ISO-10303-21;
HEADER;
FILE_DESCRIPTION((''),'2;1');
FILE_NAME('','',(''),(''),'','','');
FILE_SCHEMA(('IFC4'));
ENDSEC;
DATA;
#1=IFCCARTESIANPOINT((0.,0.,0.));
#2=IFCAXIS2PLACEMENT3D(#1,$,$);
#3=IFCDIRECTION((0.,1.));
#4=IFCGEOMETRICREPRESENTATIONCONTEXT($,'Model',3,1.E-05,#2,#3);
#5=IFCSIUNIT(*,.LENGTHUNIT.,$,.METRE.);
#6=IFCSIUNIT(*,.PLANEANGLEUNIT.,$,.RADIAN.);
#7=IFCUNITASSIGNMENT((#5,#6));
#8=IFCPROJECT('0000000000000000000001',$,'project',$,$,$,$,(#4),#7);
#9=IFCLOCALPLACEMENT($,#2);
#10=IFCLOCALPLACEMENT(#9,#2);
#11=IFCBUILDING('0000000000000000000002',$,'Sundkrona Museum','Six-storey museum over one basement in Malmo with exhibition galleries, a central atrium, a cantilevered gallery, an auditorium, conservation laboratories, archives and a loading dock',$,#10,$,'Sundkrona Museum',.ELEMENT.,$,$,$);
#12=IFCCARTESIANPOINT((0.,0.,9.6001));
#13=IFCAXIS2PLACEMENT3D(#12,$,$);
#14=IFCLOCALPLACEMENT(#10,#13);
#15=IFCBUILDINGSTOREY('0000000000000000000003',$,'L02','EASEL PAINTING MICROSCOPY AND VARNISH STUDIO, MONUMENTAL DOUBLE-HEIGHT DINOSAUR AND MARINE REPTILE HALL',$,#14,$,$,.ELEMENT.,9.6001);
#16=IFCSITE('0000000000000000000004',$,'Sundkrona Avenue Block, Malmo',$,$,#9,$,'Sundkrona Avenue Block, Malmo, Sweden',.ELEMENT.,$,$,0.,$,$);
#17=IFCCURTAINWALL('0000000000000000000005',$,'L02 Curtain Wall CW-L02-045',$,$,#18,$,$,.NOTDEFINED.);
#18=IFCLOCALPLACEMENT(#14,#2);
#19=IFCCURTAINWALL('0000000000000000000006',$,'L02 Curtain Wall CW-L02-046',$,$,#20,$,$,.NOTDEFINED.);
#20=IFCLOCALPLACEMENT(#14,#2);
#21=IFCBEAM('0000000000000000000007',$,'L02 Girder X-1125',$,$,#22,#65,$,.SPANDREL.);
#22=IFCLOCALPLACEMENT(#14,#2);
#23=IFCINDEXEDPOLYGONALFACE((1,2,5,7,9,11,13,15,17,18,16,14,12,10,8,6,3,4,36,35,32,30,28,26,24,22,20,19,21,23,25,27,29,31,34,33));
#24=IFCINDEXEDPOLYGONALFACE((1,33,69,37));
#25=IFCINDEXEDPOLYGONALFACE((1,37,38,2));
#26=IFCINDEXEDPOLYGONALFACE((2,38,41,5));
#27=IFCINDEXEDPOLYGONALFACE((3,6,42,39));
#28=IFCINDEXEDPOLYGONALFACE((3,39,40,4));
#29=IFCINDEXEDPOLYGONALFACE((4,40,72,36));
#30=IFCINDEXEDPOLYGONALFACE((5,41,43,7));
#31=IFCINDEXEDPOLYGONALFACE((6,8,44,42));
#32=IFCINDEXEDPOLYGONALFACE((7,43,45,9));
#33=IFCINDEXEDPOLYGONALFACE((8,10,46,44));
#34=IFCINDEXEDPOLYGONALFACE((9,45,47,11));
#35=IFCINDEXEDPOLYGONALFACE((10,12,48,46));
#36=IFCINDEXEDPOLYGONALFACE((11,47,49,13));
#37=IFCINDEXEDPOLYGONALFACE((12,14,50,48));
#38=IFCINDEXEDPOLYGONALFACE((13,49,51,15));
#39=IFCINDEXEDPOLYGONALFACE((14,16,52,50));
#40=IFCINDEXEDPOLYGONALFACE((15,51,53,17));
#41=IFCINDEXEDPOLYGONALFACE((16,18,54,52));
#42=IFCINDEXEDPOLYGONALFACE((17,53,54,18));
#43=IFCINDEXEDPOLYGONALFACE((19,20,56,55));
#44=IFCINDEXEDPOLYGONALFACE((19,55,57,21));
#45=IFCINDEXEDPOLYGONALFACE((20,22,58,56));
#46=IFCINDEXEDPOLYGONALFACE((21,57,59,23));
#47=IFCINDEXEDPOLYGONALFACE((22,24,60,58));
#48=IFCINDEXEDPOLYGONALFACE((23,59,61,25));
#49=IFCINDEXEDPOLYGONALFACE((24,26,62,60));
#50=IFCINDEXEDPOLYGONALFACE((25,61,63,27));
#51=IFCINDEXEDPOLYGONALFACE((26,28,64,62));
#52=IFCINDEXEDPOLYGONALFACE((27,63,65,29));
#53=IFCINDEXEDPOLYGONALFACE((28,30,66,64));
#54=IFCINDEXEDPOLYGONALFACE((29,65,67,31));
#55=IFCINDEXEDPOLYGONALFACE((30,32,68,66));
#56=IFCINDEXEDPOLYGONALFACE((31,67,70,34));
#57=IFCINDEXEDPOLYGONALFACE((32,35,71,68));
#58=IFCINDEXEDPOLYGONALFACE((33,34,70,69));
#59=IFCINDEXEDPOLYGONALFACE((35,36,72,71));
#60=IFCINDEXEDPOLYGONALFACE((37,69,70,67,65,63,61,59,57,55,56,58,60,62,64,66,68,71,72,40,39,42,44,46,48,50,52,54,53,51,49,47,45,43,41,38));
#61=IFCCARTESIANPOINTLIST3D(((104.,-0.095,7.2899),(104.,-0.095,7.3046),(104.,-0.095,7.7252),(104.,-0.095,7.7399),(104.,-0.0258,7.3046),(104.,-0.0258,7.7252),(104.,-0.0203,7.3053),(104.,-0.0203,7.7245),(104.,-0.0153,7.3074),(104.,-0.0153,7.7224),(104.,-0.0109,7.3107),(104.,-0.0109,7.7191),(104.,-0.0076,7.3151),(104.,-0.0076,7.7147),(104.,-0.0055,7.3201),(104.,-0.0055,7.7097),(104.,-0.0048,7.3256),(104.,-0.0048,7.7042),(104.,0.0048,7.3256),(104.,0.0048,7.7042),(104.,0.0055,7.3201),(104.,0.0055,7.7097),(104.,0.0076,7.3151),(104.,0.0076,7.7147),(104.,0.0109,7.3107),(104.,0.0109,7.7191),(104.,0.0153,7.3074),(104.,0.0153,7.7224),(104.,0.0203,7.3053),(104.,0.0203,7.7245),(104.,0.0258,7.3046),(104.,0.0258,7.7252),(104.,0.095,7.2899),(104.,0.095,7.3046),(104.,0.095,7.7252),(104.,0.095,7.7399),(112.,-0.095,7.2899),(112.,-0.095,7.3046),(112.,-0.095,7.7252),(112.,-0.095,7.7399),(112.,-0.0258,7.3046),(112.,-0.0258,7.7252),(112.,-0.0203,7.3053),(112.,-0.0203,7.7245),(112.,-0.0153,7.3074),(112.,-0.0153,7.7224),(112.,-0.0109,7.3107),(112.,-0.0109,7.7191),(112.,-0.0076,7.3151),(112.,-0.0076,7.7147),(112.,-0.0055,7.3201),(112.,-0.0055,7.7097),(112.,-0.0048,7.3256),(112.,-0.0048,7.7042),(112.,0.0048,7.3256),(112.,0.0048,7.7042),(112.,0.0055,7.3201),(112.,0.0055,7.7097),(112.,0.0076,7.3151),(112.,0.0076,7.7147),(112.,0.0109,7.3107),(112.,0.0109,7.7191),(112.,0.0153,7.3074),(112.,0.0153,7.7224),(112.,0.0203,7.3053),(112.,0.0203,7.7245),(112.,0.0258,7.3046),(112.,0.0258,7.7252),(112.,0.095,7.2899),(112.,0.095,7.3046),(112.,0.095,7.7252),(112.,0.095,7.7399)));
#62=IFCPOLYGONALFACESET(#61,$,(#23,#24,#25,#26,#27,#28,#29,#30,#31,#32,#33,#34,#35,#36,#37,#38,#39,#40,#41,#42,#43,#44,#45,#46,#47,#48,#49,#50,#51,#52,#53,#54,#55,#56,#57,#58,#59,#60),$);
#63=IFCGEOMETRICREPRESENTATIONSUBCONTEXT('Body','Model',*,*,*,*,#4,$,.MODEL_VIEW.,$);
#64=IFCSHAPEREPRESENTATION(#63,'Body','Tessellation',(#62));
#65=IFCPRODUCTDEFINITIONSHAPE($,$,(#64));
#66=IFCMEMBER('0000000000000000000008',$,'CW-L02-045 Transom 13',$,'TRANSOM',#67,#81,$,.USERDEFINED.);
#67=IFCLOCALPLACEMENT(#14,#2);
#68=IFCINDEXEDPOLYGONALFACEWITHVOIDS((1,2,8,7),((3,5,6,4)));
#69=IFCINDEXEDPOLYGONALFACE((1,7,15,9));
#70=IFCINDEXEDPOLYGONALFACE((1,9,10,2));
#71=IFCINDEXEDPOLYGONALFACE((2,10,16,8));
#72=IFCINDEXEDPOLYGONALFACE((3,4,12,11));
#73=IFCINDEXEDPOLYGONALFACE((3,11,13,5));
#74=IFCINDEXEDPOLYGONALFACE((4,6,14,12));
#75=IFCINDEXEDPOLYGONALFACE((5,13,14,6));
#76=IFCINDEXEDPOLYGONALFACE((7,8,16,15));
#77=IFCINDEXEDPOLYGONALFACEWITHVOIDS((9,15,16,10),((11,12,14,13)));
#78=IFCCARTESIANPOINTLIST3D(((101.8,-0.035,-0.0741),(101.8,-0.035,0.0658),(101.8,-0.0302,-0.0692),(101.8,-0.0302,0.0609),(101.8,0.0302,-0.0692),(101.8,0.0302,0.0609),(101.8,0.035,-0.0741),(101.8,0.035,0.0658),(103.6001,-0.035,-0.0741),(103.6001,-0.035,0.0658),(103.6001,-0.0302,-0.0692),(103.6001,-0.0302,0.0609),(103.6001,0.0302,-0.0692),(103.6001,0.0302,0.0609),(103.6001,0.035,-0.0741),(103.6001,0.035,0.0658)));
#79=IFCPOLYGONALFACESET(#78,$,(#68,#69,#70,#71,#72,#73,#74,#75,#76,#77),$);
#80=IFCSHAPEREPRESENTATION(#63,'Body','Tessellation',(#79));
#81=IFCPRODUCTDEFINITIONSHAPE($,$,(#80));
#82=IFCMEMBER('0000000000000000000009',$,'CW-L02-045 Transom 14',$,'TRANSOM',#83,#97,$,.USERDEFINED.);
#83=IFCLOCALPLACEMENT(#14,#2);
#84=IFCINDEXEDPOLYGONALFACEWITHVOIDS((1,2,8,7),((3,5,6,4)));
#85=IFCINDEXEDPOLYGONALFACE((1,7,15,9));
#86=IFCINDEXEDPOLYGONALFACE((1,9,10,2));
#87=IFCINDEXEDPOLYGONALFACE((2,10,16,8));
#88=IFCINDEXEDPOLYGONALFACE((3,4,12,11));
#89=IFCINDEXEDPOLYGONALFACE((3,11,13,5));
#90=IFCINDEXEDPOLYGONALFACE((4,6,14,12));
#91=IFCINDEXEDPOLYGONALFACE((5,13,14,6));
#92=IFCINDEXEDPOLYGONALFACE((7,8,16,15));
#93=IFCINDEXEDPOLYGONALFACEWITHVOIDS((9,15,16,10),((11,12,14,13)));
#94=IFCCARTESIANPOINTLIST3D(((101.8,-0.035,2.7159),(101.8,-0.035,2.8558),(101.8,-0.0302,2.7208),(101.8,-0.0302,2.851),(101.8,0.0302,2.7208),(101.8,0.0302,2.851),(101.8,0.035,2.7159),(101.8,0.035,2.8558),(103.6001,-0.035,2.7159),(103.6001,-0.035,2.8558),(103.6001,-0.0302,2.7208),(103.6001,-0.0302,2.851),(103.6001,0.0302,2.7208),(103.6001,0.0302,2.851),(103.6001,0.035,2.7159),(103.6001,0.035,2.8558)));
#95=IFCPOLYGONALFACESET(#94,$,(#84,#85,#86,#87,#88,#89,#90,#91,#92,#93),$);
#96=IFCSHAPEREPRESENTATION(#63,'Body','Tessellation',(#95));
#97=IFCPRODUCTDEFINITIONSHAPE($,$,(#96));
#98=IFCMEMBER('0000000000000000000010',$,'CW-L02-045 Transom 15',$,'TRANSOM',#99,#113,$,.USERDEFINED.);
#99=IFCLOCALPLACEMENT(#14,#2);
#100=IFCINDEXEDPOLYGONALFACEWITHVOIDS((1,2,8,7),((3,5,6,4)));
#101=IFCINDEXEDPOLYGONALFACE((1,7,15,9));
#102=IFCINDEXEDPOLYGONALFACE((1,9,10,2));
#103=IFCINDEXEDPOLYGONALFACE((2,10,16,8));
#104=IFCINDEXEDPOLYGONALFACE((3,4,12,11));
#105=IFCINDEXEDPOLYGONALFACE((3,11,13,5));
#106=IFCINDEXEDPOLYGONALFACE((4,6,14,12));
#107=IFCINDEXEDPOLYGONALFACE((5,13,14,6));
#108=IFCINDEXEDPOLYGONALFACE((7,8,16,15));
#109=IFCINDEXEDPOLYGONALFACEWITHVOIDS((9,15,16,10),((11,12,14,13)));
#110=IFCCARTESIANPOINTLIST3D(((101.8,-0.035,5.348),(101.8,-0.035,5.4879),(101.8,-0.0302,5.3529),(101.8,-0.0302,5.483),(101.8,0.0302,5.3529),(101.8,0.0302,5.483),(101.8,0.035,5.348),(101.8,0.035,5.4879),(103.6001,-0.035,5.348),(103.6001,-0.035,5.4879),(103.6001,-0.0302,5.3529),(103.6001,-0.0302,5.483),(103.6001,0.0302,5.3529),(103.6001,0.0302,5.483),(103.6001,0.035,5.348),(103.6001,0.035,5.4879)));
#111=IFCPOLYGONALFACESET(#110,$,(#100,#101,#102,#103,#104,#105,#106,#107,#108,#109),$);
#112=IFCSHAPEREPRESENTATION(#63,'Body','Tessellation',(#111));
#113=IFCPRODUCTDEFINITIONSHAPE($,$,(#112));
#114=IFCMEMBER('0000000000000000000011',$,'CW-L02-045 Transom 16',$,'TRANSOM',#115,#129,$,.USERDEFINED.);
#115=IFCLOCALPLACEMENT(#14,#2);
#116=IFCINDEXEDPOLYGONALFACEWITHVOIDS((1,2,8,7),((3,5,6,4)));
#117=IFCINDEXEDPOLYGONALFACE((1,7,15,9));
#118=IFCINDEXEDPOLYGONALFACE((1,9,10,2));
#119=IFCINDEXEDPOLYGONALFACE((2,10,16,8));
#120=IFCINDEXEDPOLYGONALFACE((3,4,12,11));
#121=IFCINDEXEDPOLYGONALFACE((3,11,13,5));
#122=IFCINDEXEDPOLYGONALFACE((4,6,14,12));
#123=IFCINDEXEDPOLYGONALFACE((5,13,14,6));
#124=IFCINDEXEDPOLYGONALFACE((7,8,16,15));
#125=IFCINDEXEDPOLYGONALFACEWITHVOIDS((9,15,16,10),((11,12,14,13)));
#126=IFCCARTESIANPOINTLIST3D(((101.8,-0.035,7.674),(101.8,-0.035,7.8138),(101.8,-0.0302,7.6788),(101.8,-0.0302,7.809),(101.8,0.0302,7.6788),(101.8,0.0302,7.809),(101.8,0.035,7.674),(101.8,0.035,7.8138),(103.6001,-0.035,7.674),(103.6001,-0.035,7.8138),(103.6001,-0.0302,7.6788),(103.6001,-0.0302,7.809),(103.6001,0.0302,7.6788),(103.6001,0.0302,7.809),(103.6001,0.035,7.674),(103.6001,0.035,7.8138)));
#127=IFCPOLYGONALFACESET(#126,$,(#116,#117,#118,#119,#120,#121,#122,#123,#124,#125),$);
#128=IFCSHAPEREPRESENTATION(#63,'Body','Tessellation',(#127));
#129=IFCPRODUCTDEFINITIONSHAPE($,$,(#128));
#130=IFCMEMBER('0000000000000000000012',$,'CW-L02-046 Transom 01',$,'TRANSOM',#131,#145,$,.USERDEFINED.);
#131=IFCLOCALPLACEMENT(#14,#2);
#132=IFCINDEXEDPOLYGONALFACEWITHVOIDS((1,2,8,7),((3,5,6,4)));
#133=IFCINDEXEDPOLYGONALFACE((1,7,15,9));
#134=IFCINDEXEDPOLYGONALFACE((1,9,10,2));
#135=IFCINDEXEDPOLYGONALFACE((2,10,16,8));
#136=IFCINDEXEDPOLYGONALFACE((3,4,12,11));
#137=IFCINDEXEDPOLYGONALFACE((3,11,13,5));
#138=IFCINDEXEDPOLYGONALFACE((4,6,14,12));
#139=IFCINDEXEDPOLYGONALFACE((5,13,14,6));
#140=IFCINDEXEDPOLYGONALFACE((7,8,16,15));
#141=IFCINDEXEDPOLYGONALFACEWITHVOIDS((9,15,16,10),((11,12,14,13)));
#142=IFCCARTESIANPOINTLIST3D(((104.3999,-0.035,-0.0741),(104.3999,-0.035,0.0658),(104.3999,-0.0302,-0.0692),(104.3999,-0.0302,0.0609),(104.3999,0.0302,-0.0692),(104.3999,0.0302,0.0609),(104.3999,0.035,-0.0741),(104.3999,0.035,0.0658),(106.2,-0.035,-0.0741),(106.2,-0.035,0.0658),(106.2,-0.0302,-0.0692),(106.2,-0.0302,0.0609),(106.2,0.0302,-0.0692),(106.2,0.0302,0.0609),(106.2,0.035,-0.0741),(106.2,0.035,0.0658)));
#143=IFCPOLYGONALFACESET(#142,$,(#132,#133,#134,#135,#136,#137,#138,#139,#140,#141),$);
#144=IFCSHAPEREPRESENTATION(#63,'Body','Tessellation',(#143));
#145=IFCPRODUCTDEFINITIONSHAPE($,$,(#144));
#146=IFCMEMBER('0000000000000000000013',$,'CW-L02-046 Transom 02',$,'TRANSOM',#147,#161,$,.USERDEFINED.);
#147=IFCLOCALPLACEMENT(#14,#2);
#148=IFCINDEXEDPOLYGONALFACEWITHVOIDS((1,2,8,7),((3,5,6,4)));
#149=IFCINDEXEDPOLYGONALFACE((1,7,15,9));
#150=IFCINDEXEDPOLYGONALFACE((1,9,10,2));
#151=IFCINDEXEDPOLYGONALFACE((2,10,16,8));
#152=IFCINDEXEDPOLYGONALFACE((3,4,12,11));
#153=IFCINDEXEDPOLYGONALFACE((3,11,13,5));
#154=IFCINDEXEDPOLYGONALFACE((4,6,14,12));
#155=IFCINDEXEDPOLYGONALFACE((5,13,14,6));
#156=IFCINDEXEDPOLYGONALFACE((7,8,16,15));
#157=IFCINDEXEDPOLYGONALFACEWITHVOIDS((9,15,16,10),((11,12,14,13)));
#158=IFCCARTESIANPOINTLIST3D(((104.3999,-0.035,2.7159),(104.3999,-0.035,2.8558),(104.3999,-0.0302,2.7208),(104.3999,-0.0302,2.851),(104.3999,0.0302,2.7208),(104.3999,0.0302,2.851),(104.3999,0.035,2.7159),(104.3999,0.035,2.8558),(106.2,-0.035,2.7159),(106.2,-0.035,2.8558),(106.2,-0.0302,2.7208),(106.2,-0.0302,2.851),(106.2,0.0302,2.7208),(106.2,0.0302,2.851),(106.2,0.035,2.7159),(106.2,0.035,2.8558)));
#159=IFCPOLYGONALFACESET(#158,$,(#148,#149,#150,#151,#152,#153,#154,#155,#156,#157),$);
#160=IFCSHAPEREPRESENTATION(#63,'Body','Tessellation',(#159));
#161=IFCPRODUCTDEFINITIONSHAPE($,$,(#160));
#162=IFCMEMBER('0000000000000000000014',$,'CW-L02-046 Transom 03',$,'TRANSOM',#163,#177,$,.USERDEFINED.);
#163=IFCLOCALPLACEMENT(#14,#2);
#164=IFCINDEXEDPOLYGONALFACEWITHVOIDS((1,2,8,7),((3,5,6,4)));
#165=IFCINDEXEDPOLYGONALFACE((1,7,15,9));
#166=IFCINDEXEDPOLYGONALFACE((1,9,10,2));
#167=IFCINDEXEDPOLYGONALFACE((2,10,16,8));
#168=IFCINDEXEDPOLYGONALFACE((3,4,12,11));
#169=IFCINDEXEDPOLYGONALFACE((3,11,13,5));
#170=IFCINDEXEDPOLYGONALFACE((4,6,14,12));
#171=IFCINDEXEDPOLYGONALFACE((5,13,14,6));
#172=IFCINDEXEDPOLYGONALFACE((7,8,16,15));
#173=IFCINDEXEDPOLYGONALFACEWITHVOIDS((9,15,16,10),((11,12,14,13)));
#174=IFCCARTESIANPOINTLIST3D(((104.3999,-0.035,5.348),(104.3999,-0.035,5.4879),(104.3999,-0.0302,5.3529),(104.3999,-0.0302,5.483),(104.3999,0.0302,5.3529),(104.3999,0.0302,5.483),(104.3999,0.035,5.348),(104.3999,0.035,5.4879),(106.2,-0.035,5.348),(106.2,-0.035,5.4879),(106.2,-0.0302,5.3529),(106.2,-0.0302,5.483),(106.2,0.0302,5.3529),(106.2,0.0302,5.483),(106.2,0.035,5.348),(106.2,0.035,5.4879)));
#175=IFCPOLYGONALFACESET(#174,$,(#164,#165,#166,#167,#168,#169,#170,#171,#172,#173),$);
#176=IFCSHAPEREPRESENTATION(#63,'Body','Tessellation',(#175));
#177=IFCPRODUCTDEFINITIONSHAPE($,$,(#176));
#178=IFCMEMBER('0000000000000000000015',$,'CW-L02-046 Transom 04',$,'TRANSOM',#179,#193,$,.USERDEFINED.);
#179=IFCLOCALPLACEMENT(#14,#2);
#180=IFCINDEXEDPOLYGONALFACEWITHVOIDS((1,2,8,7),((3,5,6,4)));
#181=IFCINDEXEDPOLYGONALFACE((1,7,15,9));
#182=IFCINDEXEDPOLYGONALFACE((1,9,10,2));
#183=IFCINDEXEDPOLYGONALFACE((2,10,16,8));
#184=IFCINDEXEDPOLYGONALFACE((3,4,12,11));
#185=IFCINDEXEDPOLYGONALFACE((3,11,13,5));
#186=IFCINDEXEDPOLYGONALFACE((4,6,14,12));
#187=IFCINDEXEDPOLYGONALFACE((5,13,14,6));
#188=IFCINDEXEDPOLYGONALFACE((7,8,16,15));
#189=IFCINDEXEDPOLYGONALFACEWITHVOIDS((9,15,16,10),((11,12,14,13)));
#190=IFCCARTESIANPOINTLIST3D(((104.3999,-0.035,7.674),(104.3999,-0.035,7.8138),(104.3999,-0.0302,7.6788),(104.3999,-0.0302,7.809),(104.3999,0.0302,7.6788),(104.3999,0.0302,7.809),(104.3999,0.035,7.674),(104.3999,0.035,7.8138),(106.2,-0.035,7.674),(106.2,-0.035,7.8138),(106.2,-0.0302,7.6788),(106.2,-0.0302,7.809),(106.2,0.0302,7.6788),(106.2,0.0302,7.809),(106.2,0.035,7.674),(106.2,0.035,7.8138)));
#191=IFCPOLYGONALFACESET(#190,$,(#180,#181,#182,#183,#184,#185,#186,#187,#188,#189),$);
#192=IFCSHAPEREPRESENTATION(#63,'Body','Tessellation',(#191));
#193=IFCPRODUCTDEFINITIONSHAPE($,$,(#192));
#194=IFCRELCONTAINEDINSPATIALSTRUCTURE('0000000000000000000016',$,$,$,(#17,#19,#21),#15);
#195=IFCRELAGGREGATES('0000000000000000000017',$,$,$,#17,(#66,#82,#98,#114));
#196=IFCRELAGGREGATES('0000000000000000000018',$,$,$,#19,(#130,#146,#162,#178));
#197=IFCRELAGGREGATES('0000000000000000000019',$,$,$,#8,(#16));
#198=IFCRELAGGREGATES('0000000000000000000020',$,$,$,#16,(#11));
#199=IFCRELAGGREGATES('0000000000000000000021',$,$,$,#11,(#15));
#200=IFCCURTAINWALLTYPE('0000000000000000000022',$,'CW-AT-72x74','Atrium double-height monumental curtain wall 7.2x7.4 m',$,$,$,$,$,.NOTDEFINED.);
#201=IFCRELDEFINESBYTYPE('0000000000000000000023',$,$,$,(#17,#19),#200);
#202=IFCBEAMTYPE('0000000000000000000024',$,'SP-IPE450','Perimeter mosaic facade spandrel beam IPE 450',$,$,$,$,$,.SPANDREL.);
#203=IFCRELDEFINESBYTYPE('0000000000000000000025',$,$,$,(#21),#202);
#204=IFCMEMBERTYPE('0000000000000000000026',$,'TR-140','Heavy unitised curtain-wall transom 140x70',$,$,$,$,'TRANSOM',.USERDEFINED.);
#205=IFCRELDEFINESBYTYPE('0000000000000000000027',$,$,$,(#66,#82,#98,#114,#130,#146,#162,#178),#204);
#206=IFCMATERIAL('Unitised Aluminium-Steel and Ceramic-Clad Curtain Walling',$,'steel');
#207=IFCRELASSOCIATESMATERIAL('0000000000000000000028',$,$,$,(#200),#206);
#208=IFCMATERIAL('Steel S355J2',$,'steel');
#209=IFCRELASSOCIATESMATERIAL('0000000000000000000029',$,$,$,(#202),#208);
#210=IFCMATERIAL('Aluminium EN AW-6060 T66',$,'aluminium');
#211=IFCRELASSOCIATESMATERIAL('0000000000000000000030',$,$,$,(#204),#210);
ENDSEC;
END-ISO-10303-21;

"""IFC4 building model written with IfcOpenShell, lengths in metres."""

from ifc_helpers import new_model, si_unit, direction, frame, origin, origin_2d, place, context, subcontext, project, spatial, hollow_rectangle, i_section, extrude, material, material_profile, profile_set, type_object, element, aggregate, save


model = new_model("IFC4")

# Units and contexts
model_context = context("Model", 3, precision=1e-05, world=origin(), true_north=direction((0.0, 1.0)))
body_context = subcontext(model_context, "Body", "Model", "MODEL_VIEW")
ifc_project = project(units=[si_unit("LENGTHUNIT", "METRE"), si_unit("PLANEANGLEUNIT", "RADIAN")], contexts=[model_context])

# Site, building, storey
site_placement = place(None, origin())
site = spatial("IfcSite", under=ifc_project, at=site_placement, Name="Sundkrona Avenue Block, Malmo", LongName="Sundkrona Avenue Block, Malmo, Sweden", CompositionType="ELEMENT", RefElevation=0.0)
building_placement = place(site_placement, origin())
building = spatial("IfcBuilding", under=site, at=building_placement, Name="Sundkrona Museum", Description="Six-storey museum over one basement in Malmo with exhibition galleries, a central atrium, a cantilevered gallery, an auditorium, conservation laboratories, archives and a loading dock", LongName="Sundkrona Museum", CompositionType="ELEMENT")
storey_placement = place(building_placement, frame((0.0, 0.0, 9.6001)))
storey = spatial("IfcBuildingStorey", under=building, at=storey_placement, Name="L02", Description="EASEL PAINTING MICROSCOPY AND VARNISH STUDIO, MONUMENTAL DOUBLE-HEIGHT DINOSAUR AND MARINE REPTILE HALL", CompositionType="ELEMENT", Elevation=9.6001)

# Shared definitions
ifc_material_1 = material(Name="Steel S355J2", Category="steel")

# Curtain walls
ifc_material_2 = material(Name="Unitised Aluminium-Steel and Ceramic-Clad Curtain Walling", Category="steel")
curtain_wall_type = type_object("IfcCurtainWallType", Name="CW-AT-72x74", Description="Atrium double-height monumental curtain wall 7.2x7.4 m", PredefinedType="NOTDEFINED", material=ifc_material_2)
curtain_wall_1_placement = place(storey_placement, origin())
curtain_wall_1 = element("IfcCurtainWall", 1, at=curtain_wall_1_placement, inside=storey, type_object=curtain_wall_type, Name="L02 Curtain Wall CW-L02-045", PredefinedType="NOTDEFINED")
ifc_material_3 = material(Name="Aluminium EN AW-6060 T66", Category="aluminium")
curtain_wall_2_placement = place(storey_placement, origin())
curtain_wall_2 = element("IfcCurtainWall", 2, at=curtain_wall_2_placement, inside=storey, type_object=curtain_wall_type, Name="L02 Curtain Wall CW-L02-046", PredefinedType="NOTDEFINED")

# Beam
ifc_material_profile_1 = material_profile(ifc_material_1, i_section(OverallWidth=0.1899, OverallDepth=0.45, WebThickness=0.0095, FlangeThickness=0.0146, FilletRadius=0.021, at=origin_2d()), Name="IPE 450")
ifc_profile_set_1 = profile_set([ifc_material_profile_1], Name="Steel S355J2")
beam_type_1 = type_object("IfcBeamType", Name="SP-IPE450", Description="Perimeter mosaic facade spandrel beam IPE 450", PredefinedType="SPANDREL", material=ifc_profile_set_1)
beam_1_placement = place(storey_placement, frame((104.0, 0.0, 7.5149), z_axis=(1.0, 0.0, 0.0), x_axis=(0.0, 1.0, 0.0)))
element("IfcBeam", 3, at=beam_1_placement, inside=storey, type_object=beam_type_1, Name="L02 Girder X-1125", PredefinedType="SPANDREL", context=body_context, shape_type="SweptSolid", body=[
    extrude(i_section(OverallWidth=0.1899, OverallDepth=0.45, WebThickness=0.0095, FlangeThickness=0.0146, FilletRadius=0.021, at=origin_2d()), origin(), (0.0, 0.0, 1.0), 8.0),
])

# Members
ifc_material_profile_2 = material_profile(ifc_material_3, hollow_rectangle(XDim=0.0701, YDim=0.1399, WallThickness=0.0049, at=origin_2d()), Name="RHS 140x70x5.0")
ifc_profile_set_2 = profile_set([ifc_material_profile_2], Name="Aluminium EN AW-6060 T66")
member_type_1 = type_object("IfcMemberType", Name="TR-140", Description="Heavy unitised curtain-wall transom 140x70", ElementType="TRANSOM", PredefinedType="USERDEFINED", material=ifc_profile_set_2)
member_1_placement = place(storey_placement, frame((101.8, 0.0, -0.0042), z_axis=(1.0, 0.0, 0.0), x_axis=(0.0, 1.0, 0.0)))
member_1 = element("IfcMember", 4, at=member_1_placement, type_object=member_type_1, Name="CW-L02-045 Transom 13", ObjectType="TRANSOM", PredefinedType="USERDEFINED", context=body_context, shape_type="SweptSolid", body=[
    extrude(hollow_rectangle(XDim=0.0701, YDim=0.1399, WallThickness=0.0049, at=origin_2d()), origin(), (0.0, 0.0, 1.0), 1.8),
])
member_2_placement = place(storey_placement, frame((101.8, 0.0, 2.7859), z_axis=(1.0, 0.0, 0.0), x_axis=(0.0, 1.0, 0.0)))
member_2 = element("IfcMember", 5, at=member_2_placement, type_object=member_type_1, Name="CW-L02-045 Transom 14", ObjectType="TRANSOM", PredefinedType="USERDEFINED", context=body_context, shape_type="SweptSolid", body=[
    extrude(hollow_rectangle(XDim=0.0701, YDim=0.1399, WallThickness=0.0049, at=origin_2d()), origin(), (0.0, 0.0, 1.0), 1.8),
])
member_3_placement = place(storey_placement, frame((101.8, 0.0, 5.418), z_axis=(1.0, 0.0, 0.0), x_axis=(0.0, 1.0, 0.0)))
member_3 = element("IfcMember", 6, at=member_3_placement, type_object=member_type_1, Name="CW-L02-045 Transom 15", ObjectType="TRANSOM", PredefinedType="USERDEFINED", context=body_context, shape_type="SweptSolid", body=[
    extrude(hollow_rectangle(XDim=0.0701, YDim=0.1399, WallThickness=0.0049, at=origin_2d()), origin(), (0.0, 0.0, 1.0), 1.8),
])
member_4_placement = place(storey_placement, frame((101.8, 0.0, 7.7439), z_axis=(1.0, 0.0, 0.0), x_axis=(0.0, 1.0, 0.0)))
member_4 = element("IfcMember", 7, at=member_4_placement, type_object=member_type_1, Name="CW-L02-045 Transom 16", ObjectType="TRANSOM", PredefinedType="USERDEFINED", context=body_context, shape_type="SweptSolid", body=[
    extrude(hollow_rectangle(XDim=0.0701, YDim=0.1399, WallThickness=0.0049, at=origin_2d()), origin(), (0.0, 0.0, 1.0), 1.8),
])
member_5_placement = place(storey_placement, frame((104.3999, 0.0, -0.0042), z_axis=(1.0, 0.0, 0.0), x_axis=(0.0, 1.0, 0.0)))
member_5 = element("IfcMember", 8, at=member_5_placement, type_object=member_type_1, Name="CW-L02-046 Transom 01", ObjectType="TRANSOM", PredefinedType="USERDEFINED", context=body_context, shape_type="SweptSolid", body=[
    extrude(hollow_rectangle(XDim=0.0701, YDim=0.1399, WallThickness=0.0049, at=origin_2d()), origin(), (0.0, 0.0, 1.0), 1.8),
])
member_6_placement = place(storey_placement, frame((104.3999, 0.0, 2.7859), z_axis=(1.0, 0.0, 0.0), x_axis=(0.0, 1.0, 0.0)))
member_6 = element("IfcMember", 9, at=member_6_placement, type_object=member_type_1, Name="CW-L02-046 Transom 02", ObjectType="TRANSOM", PredefinedType="USERDEFINED", context=body_context, shape_type="SweptSolid", body=[
    extrude(hollow_rectangle(XDim=0.0701, YDim=0.1399, WallThickness=0.0049, at=origin_2d()), origin(), (0.0, 0.0, 1.0), 1.8),
])
member_7_placement = place(storey_placement, frame((104.3999, 0.0, 5.418), z_axis=(1.0, 0.0, 0.0), x_axis=(0.0, 1.0, 0.0)))
member_7 = element("IfcMember", 10, at=member_7_placement, type_object=member_type_1, Name="CW-L02-046 Transom 03", ObjectType="TRANSOM", PredefinedType="USERDEFINED", context=body_context, shape_type="SweptSolid", body=[
    extrude(hollow_rectangle(XDim=0.0701, YDim=0.1399, WallThickness=0.0049, at=origin_2d()), origin(), (0.0, 0.0, 1.0), 1.8),
])
member_8_placement = place(storey_placement, frame((104.3999, 0.0, 7.7439), z_axis=(1.0, 0.0, 0.0), x_axis=(0.0, 1.0, 0.0)))
member_8 = element("IfcMember", 11, at=member_8_placement, type_object=member_type_1, Name="CW-L02-046 Transom 04", ObjectType="TRANSOM", PredefinedType="USERDEFINED", context=body_context, shape_type="SweptSolid", body=[
    extrude(hollow_rectangle(XDim=0.0701, YDim=0.1399, WallThickness=0.0049, at=origin_2d()), origin(), (0.0, 0.0, 1.0), 1.8),
])

aggregate(curtain_wall_1, [member_1, member_2, member_3, member_4])
aggregate(curtain_wall_2, [member_5, member_6, member_7, member_8])

save(model, "model.ifc")
